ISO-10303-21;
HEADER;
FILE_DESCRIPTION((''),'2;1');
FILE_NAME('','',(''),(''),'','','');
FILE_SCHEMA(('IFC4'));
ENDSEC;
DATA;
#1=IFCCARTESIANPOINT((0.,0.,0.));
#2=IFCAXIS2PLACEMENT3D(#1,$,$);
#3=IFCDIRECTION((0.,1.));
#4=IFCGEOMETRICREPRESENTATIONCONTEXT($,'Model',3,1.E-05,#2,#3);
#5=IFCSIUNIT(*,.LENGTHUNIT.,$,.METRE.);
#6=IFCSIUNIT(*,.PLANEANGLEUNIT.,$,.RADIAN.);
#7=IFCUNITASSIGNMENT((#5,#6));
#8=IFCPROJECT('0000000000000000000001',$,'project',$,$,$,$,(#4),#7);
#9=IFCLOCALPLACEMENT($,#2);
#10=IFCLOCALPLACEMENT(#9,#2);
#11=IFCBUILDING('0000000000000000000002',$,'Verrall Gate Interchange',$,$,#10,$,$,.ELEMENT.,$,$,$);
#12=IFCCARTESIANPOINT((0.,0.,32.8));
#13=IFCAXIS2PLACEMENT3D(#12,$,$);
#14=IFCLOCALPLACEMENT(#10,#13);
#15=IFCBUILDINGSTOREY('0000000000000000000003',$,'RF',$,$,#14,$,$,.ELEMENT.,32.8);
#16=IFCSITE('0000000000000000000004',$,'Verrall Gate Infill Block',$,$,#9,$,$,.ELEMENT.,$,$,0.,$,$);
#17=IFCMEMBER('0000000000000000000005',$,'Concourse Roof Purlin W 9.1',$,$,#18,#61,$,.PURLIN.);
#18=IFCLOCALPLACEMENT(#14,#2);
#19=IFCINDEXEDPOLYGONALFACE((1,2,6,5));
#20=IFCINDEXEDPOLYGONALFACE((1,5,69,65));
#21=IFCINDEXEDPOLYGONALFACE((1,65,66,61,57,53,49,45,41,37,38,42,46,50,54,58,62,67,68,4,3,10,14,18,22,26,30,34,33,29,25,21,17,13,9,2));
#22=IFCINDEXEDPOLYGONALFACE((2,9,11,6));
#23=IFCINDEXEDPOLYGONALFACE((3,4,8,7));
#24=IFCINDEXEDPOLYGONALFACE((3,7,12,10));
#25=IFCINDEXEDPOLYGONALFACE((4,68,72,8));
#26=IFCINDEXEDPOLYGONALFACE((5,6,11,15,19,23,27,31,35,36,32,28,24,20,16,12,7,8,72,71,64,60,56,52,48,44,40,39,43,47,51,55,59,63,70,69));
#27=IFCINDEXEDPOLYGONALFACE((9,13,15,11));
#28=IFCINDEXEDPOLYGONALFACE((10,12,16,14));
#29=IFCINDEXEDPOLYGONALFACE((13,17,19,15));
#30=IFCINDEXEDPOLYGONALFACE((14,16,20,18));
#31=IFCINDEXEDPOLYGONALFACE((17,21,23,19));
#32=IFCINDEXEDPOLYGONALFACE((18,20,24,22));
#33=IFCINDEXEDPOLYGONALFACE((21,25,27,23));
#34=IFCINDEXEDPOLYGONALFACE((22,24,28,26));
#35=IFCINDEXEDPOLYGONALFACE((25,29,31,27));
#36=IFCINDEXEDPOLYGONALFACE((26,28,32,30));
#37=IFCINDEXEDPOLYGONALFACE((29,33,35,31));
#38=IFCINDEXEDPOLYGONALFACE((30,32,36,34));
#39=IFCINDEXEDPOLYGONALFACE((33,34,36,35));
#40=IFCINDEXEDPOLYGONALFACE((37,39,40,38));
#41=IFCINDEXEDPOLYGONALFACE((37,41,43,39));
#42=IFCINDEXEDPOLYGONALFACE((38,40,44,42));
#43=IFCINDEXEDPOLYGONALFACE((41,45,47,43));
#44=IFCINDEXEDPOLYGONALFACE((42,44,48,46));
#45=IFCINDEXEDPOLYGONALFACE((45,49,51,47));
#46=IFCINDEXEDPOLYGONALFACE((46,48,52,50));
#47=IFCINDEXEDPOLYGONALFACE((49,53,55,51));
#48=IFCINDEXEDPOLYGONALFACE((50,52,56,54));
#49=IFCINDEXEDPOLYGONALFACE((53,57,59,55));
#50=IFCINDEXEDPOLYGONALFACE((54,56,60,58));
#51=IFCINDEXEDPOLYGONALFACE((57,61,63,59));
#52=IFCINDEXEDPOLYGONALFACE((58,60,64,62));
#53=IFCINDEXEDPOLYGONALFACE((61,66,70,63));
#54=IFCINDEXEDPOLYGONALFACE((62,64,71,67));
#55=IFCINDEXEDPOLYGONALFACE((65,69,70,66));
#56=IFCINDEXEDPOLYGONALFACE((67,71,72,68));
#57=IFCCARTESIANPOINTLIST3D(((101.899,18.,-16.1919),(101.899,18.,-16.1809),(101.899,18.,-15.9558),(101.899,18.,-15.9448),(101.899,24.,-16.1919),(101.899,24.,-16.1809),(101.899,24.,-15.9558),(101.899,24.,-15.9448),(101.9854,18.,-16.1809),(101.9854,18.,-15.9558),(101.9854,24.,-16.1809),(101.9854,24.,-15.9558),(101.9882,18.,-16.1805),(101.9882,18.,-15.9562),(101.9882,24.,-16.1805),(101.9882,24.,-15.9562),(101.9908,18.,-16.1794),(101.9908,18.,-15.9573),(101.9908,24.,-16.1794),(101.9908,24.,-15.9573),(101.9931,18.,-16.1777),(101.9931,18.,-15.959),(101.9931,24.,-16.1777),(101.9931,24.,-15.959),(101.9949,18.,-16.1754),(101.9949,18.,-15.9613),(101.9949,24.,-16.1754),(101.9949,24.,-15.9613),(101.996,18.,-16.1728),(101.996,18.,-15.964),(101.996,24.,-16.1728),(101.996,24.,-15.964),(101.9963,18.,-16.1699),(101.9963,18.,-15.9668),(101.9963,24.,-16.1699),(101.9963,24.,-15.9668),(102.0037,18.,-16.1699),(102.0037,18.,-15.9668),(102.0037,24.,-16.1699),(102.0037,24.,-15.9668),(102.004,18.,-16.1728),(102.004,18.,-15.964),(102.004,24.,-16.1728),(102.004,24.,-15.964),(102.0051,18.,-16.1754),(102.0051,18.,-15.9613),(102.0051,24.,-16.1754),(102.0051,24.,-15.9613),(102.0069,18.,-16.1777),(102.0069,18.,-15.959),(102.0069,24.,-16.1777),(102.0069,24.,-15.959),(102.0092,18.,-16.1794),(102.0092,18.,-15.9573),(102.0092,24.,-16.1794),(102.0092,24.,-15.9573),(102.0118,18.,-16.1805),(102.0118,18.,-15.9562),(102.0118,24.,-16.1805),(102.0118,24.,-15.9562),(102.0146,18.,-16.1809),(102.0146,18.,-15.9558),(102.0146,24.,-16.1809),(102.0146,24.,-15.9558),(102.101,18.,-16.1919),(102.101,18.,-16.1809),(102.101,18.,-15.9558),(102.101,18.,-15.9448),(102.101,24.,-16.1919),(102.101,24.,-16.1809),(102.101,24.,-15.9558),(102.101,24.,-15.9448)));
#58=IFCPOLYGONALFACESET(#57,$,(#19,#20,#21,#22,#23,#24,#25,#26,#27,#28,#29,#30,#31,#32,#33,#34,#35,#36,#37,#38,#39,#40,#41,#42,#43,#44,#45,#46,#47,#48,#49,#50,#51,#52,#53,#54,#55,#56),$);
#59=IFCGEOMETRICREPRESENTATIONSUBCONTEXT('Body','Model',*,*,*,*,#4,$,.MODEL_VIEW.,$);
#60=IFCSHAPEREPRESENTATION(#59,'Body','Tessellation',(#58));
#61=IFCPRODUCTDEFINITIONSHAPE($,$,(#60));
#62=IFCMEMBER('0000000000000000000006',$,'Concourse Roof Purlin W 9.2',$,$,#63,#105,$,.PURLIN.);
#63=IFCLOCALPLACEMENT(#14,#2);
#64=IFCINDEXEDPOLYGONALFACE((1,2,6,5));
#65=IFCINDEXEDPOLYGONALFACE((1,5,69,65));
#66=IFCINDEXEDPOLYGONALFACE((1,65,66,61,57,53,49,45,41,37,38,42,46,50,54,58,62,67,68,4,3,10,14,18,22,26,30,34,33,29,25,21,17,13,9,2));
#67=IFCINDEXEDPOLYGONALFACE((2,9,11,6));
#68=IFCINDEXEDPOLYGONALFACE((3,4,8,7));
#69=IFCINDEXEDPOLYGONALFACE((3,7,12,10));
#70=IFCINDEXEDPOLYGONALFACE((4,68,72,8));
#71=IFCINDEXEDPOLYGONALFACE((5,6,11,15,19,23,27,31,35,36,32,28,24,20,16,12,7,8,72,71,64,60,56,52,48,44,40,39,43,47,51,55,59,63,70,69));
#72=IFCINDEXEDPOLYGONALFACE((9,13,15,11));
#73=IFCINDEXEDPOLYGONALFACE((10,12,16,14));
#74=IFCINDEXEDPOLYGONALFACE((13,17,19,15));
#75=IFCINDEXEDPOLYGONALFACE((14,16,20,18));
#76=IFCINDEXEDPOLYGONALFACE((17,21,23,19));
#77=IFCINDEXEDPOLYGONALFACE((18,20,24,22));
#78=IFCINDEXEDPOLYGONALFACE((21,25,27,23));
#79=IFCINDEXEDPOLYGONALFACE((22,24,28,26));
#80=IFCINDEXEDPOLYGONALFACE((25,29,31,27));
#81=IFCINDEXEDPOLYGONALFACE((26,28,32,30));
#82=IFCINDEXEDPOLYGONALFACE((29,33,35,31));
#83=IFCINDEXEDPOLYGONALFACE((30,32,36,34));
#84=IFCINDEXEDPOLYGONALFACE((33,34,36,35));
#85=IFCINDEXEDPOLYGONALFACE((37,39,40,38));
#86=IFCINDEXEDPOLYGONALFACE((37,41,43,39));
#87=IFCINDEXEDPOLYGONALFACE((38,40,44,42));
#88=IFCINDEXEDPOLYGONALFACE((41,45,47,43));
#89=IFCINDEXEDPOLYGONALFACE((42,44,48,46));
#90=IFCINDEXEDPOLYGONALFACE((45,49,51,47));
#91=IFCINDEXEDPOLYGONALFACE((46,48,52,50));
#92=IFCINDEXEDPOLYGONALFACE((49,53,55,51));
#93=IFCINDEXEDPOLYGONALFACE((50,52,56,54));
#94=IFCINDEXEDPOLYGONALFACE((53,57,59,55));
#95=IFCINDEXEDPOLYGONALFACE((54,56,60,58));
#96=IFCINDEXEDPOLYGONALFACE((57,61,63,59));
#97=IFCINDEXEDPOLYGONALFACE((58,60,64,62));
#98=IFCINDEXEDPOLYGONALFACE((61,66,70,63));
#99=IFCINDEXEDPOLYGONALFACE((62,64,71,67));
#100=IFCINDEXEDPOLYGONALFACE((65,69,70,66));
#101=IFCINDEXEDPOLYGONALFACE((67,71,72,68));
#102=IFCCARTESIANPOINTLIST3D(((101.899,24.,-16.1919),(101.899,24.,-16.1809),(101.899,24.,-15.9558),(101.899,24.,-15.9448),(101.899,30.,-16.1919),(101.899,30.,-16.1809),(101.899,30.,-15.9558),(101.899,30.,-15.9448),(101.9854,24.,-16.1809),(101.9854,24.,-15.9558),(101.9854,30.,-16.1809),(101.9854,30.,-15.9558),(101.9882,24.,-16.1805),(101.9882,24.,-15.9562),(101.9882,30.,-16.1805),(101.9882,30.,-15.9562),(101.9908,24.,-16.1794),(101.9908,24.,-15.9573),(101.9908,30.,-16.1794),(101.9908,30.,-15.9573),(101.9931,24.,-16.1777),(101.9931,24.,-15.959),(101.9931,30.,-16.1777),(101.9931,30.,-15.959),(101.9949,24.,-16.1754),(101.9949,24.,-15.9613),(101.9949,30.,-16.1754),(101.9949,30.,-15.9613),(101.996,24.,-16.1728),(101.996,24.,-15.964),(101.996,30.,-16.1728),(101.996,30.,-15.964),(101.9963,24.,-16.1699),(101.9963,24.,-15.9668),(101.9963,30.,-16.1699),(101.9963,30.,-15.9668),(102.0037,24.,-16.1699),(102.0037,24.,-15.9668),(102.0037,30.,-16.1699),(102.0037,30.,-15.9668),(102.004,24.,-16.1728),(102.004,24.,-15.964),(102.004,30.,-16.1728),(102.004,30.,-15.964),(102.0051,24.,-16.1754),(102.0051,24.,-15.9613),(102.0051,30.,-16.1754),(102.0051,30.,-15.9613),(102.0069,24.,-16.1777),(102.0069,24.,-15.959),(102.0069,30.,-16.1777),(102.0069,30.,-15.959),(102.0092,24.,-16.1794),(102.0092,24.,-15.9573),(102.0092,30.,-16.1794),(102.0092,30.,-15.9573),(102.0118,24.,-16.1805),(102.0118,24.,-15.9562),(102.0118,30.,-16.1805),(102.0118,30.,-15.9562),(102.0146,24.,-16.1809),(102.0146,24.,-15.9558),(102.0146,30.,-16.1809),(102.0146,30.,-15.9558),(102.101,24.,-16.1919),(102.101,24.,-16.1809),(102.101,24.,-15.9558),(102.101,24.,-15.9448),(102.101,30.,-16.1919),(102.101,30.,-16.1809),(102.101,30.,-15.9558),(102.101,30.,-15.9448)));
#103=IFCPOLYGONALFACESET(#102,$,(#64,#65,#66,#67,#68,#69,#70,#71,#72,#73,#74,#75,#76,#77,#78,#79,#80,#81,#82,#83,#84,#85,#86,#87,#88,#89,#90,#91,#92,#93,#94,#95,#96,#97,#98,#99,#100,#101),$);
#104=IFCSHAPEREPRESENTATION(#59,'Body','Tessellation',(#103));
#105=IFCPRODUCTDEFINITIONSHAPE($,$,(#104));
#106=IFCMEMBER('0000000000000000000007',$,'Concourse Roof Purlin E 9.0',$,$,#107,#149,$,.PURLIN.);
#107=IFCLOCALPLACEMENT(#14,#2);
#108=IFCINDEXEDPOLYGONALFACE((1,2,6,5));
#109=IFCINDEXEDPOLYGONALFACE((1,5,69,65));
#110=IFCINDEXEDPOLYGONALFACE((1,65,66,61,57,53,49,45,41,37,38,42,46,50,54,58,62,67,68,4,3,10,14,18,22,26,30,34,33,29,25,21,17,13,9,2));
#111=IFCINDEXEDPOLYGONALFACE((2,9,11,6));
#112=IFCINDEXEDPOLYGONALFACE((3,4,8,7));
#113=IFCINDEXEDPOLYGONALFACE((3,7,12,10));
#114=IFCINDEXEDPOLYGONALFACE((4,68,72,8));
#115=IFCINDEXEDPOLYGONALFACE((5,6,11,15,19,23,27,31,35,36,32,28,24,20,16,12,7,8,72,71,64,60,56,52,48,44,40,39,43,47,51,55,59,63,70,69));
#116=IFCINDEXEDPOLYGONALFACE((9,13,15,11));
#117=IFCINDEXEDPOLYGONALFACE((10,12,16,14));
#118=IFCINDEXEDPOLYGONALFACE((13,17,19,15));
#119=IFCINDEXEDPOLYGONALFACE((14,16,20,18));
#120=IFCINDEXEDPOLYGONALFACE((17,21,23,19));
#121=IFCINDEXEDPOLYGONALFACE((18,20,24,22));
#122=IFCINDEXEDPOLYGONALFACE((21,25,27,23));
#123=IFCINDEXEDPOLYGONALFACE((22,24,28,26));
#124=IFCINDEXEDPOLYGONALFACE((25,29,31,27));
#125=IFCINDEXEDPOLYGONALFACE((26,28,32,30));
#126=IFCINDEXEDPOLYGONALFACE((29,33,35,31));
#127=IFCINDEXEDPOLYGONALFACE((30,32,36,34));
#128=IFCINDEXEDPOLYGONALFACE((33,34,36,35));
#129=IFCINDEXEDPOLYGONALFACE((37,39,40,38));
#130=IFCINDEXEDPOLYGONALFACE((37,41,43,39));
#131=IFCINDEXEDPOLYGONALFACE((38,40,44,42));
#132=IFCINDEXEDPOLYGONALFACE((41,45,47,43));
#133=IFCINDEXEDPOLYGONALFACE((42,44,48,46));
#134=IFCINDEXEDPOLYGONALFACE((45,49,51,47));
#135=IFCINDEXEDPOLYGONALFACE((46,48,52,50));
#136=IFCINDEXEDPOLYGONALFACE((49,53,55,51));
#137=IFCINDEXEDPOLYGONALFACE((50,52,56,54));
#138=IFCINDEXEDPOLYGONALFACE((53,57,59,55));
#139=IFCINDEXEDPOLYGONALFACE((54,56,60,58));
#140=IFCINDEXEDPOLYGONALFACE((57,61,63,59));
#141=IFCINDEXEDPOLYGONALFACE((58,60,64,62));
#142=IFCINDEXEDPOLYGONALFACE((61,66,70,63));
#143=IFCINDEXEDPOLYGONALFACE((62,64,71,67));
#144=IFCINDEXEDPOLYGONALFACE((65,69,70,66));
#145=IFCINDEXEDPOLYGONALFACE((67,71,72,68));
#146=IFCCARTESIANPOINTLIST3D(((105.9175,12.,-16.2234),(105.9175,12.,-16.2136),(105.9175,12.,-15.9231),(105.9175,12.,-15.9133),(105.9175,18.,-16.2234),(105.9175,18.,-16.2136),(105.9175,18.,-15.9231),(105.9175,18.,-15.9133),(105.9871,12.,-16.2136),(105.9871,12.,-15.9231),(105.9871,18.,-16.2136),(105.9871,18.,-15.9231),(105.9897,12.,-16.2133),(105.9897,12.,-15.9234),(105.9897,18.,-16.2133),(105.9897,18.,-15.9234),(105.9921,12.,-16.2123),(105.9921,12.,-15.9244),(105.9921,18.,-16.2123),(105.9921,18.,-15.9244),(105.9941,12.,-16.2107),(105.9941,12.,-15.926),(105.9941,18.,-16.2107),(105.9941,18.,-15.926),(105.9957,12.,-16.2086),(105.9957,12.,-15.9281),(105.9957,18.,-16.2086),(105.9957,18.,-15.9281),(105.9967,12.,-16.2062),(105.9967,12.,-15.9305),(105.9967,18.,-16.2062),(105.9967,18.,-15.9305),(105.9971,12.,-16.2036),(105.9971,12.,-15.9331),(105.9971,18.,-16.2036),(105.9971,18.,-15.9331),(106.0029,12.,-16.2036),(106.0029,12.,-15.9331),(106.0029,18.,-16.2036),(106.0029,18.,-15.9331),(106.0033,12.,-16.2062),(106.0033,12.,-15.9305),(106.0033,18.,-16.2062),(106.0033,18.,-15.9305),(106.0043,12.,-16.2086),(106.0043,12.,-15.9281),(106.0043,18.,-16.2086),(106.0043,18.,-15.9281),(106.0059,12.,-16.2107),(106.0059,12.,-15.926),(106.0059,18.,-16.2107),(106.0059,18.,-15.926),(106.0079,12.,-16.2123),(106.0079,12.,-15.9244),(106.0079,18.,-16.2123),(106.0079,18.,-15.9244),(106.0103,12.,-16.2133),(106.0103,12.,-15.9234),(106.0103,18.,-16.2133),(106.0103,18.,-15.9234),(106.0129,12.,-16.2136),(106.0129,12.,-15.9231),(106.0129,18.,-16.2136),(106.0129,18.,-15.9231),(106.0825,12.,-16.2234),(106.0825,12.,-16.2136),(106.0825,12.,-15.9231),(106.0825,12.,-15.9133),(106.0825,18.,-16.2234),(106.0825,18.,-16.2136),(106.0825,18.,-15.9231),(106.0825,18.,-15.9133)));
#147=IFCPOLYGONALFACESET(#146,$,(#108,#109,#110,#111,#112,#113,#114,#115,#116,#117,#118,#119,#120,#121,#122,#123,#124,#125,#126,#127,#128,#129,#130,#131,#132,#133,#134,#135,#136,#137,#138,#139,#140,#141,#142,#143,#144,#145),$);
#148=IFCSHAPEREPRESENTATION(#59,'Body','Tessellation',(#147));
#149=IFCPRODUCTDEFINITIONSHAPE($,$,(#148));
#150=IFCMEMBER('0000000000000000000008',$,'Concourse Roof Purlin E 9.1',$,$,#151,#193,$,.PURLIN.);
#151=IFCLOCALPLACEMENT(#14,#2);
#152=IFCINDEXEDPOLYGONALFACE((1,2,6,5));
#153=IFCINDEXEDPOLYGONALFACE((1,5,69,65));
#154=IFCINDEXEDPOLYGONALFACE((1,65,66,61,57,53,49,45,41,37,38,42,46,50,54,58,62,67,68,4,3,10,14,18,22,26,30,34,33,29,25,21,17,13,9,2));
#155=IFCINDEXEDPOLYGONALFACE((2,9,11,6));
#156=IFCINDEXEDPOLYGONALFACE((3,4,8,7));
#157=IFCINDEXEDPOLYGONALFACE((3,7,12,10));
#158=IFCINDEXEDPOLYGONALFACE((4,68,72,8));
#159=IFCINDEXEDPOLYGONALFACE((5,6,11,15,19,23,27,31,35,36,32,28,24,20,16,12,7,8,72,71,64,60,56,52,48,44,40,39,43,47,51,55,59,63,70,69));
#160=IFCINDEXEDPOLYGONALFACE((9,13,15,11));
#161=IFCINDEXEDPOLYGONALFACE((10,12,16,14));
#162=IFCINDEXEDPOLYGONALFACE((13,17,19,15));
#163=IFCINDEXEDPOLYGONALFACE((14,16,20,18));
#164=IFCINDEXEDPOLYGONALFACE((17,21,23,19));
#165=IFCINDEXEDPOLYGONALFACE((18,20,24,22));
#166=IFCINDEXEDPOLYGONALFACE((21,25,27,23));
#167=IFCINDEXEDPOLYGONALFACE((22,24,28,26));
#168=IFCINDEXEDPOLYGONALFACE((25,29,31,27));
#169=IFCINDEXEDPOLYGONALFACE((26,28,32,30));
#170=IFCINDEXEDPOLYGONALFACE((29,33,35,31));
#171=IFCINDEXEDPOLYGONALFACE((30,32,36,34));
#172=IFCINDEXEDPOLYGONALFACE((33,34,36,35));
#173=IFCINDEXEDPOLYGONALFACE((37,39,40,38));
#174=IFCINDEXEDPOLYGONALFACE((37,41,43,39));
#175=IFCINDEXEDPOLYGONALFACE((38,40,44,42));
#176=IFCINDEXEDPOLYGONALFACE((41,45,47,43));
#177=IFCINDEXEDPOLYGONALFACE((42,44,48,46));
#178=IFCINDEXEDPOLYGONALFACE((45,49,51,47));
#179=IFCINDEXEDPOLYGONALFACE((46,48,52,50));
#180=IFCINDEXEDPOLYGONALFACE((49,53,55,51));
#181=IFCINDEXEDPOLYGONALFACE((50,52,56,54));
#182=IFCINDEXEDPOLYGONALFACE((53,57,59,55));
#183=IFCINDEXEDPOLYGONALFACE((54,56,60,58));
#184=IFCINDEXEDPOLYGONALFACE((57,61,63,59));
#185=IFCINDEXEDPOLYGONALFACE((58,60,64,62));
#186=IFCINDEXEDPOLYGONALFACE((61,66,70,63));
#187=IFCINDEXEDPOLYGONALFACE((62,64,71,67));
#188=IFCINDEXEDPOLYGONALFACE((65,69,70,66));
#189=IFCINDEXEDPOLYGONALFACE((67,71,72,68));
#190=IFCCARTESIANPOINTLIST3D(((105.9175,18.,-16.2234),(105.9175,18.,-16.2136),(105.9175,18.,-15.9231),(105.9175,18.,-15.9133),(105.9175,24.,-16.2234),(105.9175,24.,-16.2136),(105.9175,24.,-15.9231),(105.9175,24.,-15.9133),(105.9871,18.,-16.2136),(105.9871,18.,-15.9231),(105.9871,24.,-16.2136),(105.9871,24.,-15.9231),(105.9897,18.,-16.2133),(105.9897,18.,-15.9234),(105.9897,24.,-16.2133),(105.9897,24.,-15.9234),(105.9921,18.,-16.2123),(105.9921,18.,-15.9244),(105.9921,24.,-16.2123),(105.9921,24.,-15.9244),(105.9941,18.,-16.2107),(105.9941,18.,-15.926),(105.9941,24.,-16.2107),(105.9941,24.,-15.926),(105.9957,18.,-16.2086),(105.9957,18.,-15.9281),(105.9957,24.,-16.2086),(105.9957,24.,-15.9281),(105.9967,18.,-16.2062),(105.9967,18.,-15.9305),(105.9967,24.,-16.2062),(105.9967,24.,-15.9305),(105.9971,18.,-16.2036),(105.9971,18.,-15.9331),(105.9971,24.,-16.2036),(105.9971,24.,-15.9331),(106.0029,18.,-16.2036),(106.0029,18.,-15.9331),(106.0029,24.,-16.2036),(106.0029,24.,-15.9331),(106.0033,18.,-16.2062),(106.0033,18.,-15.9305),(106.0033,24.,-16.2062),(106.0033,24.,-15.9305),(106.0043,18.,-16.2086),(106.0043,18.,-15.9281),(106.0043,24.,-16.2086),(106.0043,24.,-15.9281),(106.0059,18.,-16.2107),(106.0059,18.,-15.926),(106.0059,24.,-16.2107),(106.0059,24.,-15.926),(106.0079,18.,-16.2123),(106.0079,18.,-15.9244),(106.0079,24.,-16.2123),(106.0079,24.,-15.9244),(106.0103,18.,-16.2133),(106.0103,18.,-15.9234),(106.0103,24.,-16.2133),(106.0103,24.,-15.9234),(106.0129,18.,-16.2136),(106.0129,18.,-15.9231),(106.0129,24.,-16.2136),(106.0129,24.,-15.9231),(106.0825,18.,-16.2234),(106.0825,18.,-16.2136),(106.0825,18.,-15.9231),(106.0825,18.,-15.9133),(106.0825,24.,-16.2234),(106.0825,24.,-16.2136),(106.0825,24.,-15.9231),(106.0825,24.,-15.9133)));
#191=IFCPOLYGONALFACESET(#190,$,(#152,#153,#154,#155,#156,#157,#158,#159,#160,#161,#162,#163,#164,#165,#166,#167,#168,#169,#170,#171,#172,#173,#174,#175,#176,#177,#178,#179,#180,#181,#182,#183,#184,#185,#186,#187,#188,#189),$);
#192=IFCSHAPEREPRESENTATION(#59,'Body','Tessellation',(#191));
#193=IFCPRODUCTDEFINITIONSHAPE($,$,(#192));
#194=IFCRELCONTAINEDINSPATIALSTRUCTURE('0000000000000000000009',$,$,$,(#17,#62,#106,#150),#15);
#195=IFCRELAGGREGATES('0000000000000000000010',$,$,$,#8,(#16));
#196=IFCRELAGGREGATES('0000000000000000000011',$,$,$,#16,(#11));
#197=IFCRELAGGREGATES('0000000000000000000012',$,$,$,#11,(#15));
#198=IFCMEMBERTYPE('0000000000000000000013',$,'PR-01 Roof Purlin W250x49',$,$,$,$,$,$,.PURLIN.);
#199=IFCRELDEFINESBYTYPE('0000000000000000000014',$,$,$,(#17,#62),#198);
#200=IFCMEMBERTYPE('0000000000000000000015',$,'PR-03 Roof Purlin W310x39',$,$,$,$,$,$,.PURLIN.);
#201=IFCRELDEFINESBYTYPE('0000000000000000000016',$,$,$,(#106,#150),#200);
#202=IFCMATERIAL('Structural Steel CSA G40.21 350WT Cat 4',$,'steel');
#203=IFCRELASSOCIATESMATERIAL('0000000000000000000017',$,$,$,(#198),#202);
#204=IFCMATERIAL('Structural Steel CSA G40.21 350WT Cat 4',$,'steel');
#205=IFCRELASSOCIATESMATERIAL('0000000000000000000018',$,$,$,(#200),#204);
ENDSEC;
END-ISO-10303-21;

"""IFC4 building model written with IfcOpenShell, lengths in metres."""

from ifc_helpers import new_model, si_unit, direction, frame, origin, origin_2d, place, context, subcontext, project, spatial, i_section, extrude, material, material_profile, profile_set, type_object, element, save


model = new_model("IFC4")

# Units and contexts
model_context = context("Model", 3, precision=1e-05, world=origin(), true_north=direction((0.0, 1.0)))
body_context = subcontext(model_context, "Body", "Model", "MODEL_VIEW")
ifc_project = project(units=[si_unit("LENGTHUNIT", "METRE"), si_unit("PLANEANGLEUNIT", "RADIAN")], contexts=[model_context])

# Site, building, storey
site_placement = place(None, origin())
site = spatial("IfcSite", under=ifc_project, at=site_placement, Name="Verrall Gate Infill Block", CompositionType="ELEMENT", RefElevation=0.0)
building_placement = place(site_placement, origin())
building = spatial("IfcBuilding", under=site, at=building_placement, Name="Verrall Gate Interchange", CompositionType="ELEMENT")
storey_placement = place(building_placement, frame((0.0, 0.0, 32.8)))
storey = spatial("IfcBuildingStorey", under=building, at=storey_placement, Name="RF", CompositionType="ELEMENT", Elevation=32.8)

# Members
ifc_material_1 = material(Name="Structural Steel CSA G40.21 350WT Cat 4", Category="steel")
ifc_material_profile_1 = material_profile(ifc_material_1, i_section(OverallWidth=0.2019, OverallDepth=0.2471, WebThickness=0.0073, FlangeThickness=0.011, FilletRadius=0.011, at=origin_2d()), Name="W250x49")
ifc_profile_set_1 = profile_set([ifc_material_profile_1], Name="Structural Steel CSA G40.21 350WT Cat 4")
member_type_1 = type_object("IfcMemberType", Name="PR-01 Roof Purlin W250x49", PredefinedType="PURLIN", material=ifc_profile_set_1)
for number, where, z_axis, x_axis, name in (
    (1, (102.0, 18.0, -16.0684), (0.0, 1.0, 0.0), (-1.0, 0.0, 0.0), "Concourse Roof Purlin W 9.1"),
    (2, (102.0, 24.0, -16.0684), (0.0, 1.0, 0.0), (-1.0, 0.0, 0.0), "Concourse Roof Purlin W 9.2"),
):
    element("IfcMember", number, at=place(storey_placement, frame(where, z_axis=z_axis, x_axis=x_axis)), inside=storey, type_object=member_type_1, Name=name, PredefinedType="PURLIN", context=body_context, shape_type="SweptSolid", body=[
        extrude(i_section(OverallWidth=0.2019, OverallDepth=0.2471, WebThickness=0.0073, FlangeThickness=0.011, FilletRadius=0.011, at=origin_2d()), origin(), (0.0, 0.0, 1.0), 6.0),
    ])
ifc_material_2 = material(Name="Structural Steel CSA G40.21 350WT Cat 4", Category="steel")
ifc_material_profile_2 = material_profile(ifc_material_2, i_section(OverallWidth=0.165, OverallDepth=0.3101, WebThickness=0.0059, FlangeThickness=0.0098, FilletRadius=0.01, at=origin_2d()), Name="W310x39")
ifc_profile_set_2 = profile_set([ifc_material_profile_2], Name="Structural Steel CSA G40.21 350WT Cat 4")
member_type_2 = type_object("IfcMemberType", Name="PR-03 Roof Purlin W310x39", PredefinedType="PURLIN", material=ifc_profile_set_2)
for number, where, z_axis, x_axis, name in (
    (3, (106.0, 12.0, -16.0684), (0.0, 1.0, 0.0), (-1.0, 0.0, 0.0), "Concourse Roof Purlin E 9.0"),
    (4, (106.0, 18.0, -16.0684), (0.0, 1.0, 0.0), (-1.0, 0.0, 0.0), "Concourse Roof Purlin E 9.1"),
):
    element("IfcMember", number, at=place(storey_placement, frame(where, z_axis=z_axis, x_axis=x_axis)), inside=storey, type_object=member_type_2, Name=name, PredefinedType="PURLIN", context=body_context, shape_type="SweptSolid", body=[
        extrude(i_section(OverallWidth=0.165, OverallDepth=0.3101, WebThickness=0.0059, FlangeThickness=0.0098, FilletRadius=0.01, at=origin_2d()), origin(), (0.0, 0.0, 1.0), 6.0),
    ])

save(model, "model.ifc")
